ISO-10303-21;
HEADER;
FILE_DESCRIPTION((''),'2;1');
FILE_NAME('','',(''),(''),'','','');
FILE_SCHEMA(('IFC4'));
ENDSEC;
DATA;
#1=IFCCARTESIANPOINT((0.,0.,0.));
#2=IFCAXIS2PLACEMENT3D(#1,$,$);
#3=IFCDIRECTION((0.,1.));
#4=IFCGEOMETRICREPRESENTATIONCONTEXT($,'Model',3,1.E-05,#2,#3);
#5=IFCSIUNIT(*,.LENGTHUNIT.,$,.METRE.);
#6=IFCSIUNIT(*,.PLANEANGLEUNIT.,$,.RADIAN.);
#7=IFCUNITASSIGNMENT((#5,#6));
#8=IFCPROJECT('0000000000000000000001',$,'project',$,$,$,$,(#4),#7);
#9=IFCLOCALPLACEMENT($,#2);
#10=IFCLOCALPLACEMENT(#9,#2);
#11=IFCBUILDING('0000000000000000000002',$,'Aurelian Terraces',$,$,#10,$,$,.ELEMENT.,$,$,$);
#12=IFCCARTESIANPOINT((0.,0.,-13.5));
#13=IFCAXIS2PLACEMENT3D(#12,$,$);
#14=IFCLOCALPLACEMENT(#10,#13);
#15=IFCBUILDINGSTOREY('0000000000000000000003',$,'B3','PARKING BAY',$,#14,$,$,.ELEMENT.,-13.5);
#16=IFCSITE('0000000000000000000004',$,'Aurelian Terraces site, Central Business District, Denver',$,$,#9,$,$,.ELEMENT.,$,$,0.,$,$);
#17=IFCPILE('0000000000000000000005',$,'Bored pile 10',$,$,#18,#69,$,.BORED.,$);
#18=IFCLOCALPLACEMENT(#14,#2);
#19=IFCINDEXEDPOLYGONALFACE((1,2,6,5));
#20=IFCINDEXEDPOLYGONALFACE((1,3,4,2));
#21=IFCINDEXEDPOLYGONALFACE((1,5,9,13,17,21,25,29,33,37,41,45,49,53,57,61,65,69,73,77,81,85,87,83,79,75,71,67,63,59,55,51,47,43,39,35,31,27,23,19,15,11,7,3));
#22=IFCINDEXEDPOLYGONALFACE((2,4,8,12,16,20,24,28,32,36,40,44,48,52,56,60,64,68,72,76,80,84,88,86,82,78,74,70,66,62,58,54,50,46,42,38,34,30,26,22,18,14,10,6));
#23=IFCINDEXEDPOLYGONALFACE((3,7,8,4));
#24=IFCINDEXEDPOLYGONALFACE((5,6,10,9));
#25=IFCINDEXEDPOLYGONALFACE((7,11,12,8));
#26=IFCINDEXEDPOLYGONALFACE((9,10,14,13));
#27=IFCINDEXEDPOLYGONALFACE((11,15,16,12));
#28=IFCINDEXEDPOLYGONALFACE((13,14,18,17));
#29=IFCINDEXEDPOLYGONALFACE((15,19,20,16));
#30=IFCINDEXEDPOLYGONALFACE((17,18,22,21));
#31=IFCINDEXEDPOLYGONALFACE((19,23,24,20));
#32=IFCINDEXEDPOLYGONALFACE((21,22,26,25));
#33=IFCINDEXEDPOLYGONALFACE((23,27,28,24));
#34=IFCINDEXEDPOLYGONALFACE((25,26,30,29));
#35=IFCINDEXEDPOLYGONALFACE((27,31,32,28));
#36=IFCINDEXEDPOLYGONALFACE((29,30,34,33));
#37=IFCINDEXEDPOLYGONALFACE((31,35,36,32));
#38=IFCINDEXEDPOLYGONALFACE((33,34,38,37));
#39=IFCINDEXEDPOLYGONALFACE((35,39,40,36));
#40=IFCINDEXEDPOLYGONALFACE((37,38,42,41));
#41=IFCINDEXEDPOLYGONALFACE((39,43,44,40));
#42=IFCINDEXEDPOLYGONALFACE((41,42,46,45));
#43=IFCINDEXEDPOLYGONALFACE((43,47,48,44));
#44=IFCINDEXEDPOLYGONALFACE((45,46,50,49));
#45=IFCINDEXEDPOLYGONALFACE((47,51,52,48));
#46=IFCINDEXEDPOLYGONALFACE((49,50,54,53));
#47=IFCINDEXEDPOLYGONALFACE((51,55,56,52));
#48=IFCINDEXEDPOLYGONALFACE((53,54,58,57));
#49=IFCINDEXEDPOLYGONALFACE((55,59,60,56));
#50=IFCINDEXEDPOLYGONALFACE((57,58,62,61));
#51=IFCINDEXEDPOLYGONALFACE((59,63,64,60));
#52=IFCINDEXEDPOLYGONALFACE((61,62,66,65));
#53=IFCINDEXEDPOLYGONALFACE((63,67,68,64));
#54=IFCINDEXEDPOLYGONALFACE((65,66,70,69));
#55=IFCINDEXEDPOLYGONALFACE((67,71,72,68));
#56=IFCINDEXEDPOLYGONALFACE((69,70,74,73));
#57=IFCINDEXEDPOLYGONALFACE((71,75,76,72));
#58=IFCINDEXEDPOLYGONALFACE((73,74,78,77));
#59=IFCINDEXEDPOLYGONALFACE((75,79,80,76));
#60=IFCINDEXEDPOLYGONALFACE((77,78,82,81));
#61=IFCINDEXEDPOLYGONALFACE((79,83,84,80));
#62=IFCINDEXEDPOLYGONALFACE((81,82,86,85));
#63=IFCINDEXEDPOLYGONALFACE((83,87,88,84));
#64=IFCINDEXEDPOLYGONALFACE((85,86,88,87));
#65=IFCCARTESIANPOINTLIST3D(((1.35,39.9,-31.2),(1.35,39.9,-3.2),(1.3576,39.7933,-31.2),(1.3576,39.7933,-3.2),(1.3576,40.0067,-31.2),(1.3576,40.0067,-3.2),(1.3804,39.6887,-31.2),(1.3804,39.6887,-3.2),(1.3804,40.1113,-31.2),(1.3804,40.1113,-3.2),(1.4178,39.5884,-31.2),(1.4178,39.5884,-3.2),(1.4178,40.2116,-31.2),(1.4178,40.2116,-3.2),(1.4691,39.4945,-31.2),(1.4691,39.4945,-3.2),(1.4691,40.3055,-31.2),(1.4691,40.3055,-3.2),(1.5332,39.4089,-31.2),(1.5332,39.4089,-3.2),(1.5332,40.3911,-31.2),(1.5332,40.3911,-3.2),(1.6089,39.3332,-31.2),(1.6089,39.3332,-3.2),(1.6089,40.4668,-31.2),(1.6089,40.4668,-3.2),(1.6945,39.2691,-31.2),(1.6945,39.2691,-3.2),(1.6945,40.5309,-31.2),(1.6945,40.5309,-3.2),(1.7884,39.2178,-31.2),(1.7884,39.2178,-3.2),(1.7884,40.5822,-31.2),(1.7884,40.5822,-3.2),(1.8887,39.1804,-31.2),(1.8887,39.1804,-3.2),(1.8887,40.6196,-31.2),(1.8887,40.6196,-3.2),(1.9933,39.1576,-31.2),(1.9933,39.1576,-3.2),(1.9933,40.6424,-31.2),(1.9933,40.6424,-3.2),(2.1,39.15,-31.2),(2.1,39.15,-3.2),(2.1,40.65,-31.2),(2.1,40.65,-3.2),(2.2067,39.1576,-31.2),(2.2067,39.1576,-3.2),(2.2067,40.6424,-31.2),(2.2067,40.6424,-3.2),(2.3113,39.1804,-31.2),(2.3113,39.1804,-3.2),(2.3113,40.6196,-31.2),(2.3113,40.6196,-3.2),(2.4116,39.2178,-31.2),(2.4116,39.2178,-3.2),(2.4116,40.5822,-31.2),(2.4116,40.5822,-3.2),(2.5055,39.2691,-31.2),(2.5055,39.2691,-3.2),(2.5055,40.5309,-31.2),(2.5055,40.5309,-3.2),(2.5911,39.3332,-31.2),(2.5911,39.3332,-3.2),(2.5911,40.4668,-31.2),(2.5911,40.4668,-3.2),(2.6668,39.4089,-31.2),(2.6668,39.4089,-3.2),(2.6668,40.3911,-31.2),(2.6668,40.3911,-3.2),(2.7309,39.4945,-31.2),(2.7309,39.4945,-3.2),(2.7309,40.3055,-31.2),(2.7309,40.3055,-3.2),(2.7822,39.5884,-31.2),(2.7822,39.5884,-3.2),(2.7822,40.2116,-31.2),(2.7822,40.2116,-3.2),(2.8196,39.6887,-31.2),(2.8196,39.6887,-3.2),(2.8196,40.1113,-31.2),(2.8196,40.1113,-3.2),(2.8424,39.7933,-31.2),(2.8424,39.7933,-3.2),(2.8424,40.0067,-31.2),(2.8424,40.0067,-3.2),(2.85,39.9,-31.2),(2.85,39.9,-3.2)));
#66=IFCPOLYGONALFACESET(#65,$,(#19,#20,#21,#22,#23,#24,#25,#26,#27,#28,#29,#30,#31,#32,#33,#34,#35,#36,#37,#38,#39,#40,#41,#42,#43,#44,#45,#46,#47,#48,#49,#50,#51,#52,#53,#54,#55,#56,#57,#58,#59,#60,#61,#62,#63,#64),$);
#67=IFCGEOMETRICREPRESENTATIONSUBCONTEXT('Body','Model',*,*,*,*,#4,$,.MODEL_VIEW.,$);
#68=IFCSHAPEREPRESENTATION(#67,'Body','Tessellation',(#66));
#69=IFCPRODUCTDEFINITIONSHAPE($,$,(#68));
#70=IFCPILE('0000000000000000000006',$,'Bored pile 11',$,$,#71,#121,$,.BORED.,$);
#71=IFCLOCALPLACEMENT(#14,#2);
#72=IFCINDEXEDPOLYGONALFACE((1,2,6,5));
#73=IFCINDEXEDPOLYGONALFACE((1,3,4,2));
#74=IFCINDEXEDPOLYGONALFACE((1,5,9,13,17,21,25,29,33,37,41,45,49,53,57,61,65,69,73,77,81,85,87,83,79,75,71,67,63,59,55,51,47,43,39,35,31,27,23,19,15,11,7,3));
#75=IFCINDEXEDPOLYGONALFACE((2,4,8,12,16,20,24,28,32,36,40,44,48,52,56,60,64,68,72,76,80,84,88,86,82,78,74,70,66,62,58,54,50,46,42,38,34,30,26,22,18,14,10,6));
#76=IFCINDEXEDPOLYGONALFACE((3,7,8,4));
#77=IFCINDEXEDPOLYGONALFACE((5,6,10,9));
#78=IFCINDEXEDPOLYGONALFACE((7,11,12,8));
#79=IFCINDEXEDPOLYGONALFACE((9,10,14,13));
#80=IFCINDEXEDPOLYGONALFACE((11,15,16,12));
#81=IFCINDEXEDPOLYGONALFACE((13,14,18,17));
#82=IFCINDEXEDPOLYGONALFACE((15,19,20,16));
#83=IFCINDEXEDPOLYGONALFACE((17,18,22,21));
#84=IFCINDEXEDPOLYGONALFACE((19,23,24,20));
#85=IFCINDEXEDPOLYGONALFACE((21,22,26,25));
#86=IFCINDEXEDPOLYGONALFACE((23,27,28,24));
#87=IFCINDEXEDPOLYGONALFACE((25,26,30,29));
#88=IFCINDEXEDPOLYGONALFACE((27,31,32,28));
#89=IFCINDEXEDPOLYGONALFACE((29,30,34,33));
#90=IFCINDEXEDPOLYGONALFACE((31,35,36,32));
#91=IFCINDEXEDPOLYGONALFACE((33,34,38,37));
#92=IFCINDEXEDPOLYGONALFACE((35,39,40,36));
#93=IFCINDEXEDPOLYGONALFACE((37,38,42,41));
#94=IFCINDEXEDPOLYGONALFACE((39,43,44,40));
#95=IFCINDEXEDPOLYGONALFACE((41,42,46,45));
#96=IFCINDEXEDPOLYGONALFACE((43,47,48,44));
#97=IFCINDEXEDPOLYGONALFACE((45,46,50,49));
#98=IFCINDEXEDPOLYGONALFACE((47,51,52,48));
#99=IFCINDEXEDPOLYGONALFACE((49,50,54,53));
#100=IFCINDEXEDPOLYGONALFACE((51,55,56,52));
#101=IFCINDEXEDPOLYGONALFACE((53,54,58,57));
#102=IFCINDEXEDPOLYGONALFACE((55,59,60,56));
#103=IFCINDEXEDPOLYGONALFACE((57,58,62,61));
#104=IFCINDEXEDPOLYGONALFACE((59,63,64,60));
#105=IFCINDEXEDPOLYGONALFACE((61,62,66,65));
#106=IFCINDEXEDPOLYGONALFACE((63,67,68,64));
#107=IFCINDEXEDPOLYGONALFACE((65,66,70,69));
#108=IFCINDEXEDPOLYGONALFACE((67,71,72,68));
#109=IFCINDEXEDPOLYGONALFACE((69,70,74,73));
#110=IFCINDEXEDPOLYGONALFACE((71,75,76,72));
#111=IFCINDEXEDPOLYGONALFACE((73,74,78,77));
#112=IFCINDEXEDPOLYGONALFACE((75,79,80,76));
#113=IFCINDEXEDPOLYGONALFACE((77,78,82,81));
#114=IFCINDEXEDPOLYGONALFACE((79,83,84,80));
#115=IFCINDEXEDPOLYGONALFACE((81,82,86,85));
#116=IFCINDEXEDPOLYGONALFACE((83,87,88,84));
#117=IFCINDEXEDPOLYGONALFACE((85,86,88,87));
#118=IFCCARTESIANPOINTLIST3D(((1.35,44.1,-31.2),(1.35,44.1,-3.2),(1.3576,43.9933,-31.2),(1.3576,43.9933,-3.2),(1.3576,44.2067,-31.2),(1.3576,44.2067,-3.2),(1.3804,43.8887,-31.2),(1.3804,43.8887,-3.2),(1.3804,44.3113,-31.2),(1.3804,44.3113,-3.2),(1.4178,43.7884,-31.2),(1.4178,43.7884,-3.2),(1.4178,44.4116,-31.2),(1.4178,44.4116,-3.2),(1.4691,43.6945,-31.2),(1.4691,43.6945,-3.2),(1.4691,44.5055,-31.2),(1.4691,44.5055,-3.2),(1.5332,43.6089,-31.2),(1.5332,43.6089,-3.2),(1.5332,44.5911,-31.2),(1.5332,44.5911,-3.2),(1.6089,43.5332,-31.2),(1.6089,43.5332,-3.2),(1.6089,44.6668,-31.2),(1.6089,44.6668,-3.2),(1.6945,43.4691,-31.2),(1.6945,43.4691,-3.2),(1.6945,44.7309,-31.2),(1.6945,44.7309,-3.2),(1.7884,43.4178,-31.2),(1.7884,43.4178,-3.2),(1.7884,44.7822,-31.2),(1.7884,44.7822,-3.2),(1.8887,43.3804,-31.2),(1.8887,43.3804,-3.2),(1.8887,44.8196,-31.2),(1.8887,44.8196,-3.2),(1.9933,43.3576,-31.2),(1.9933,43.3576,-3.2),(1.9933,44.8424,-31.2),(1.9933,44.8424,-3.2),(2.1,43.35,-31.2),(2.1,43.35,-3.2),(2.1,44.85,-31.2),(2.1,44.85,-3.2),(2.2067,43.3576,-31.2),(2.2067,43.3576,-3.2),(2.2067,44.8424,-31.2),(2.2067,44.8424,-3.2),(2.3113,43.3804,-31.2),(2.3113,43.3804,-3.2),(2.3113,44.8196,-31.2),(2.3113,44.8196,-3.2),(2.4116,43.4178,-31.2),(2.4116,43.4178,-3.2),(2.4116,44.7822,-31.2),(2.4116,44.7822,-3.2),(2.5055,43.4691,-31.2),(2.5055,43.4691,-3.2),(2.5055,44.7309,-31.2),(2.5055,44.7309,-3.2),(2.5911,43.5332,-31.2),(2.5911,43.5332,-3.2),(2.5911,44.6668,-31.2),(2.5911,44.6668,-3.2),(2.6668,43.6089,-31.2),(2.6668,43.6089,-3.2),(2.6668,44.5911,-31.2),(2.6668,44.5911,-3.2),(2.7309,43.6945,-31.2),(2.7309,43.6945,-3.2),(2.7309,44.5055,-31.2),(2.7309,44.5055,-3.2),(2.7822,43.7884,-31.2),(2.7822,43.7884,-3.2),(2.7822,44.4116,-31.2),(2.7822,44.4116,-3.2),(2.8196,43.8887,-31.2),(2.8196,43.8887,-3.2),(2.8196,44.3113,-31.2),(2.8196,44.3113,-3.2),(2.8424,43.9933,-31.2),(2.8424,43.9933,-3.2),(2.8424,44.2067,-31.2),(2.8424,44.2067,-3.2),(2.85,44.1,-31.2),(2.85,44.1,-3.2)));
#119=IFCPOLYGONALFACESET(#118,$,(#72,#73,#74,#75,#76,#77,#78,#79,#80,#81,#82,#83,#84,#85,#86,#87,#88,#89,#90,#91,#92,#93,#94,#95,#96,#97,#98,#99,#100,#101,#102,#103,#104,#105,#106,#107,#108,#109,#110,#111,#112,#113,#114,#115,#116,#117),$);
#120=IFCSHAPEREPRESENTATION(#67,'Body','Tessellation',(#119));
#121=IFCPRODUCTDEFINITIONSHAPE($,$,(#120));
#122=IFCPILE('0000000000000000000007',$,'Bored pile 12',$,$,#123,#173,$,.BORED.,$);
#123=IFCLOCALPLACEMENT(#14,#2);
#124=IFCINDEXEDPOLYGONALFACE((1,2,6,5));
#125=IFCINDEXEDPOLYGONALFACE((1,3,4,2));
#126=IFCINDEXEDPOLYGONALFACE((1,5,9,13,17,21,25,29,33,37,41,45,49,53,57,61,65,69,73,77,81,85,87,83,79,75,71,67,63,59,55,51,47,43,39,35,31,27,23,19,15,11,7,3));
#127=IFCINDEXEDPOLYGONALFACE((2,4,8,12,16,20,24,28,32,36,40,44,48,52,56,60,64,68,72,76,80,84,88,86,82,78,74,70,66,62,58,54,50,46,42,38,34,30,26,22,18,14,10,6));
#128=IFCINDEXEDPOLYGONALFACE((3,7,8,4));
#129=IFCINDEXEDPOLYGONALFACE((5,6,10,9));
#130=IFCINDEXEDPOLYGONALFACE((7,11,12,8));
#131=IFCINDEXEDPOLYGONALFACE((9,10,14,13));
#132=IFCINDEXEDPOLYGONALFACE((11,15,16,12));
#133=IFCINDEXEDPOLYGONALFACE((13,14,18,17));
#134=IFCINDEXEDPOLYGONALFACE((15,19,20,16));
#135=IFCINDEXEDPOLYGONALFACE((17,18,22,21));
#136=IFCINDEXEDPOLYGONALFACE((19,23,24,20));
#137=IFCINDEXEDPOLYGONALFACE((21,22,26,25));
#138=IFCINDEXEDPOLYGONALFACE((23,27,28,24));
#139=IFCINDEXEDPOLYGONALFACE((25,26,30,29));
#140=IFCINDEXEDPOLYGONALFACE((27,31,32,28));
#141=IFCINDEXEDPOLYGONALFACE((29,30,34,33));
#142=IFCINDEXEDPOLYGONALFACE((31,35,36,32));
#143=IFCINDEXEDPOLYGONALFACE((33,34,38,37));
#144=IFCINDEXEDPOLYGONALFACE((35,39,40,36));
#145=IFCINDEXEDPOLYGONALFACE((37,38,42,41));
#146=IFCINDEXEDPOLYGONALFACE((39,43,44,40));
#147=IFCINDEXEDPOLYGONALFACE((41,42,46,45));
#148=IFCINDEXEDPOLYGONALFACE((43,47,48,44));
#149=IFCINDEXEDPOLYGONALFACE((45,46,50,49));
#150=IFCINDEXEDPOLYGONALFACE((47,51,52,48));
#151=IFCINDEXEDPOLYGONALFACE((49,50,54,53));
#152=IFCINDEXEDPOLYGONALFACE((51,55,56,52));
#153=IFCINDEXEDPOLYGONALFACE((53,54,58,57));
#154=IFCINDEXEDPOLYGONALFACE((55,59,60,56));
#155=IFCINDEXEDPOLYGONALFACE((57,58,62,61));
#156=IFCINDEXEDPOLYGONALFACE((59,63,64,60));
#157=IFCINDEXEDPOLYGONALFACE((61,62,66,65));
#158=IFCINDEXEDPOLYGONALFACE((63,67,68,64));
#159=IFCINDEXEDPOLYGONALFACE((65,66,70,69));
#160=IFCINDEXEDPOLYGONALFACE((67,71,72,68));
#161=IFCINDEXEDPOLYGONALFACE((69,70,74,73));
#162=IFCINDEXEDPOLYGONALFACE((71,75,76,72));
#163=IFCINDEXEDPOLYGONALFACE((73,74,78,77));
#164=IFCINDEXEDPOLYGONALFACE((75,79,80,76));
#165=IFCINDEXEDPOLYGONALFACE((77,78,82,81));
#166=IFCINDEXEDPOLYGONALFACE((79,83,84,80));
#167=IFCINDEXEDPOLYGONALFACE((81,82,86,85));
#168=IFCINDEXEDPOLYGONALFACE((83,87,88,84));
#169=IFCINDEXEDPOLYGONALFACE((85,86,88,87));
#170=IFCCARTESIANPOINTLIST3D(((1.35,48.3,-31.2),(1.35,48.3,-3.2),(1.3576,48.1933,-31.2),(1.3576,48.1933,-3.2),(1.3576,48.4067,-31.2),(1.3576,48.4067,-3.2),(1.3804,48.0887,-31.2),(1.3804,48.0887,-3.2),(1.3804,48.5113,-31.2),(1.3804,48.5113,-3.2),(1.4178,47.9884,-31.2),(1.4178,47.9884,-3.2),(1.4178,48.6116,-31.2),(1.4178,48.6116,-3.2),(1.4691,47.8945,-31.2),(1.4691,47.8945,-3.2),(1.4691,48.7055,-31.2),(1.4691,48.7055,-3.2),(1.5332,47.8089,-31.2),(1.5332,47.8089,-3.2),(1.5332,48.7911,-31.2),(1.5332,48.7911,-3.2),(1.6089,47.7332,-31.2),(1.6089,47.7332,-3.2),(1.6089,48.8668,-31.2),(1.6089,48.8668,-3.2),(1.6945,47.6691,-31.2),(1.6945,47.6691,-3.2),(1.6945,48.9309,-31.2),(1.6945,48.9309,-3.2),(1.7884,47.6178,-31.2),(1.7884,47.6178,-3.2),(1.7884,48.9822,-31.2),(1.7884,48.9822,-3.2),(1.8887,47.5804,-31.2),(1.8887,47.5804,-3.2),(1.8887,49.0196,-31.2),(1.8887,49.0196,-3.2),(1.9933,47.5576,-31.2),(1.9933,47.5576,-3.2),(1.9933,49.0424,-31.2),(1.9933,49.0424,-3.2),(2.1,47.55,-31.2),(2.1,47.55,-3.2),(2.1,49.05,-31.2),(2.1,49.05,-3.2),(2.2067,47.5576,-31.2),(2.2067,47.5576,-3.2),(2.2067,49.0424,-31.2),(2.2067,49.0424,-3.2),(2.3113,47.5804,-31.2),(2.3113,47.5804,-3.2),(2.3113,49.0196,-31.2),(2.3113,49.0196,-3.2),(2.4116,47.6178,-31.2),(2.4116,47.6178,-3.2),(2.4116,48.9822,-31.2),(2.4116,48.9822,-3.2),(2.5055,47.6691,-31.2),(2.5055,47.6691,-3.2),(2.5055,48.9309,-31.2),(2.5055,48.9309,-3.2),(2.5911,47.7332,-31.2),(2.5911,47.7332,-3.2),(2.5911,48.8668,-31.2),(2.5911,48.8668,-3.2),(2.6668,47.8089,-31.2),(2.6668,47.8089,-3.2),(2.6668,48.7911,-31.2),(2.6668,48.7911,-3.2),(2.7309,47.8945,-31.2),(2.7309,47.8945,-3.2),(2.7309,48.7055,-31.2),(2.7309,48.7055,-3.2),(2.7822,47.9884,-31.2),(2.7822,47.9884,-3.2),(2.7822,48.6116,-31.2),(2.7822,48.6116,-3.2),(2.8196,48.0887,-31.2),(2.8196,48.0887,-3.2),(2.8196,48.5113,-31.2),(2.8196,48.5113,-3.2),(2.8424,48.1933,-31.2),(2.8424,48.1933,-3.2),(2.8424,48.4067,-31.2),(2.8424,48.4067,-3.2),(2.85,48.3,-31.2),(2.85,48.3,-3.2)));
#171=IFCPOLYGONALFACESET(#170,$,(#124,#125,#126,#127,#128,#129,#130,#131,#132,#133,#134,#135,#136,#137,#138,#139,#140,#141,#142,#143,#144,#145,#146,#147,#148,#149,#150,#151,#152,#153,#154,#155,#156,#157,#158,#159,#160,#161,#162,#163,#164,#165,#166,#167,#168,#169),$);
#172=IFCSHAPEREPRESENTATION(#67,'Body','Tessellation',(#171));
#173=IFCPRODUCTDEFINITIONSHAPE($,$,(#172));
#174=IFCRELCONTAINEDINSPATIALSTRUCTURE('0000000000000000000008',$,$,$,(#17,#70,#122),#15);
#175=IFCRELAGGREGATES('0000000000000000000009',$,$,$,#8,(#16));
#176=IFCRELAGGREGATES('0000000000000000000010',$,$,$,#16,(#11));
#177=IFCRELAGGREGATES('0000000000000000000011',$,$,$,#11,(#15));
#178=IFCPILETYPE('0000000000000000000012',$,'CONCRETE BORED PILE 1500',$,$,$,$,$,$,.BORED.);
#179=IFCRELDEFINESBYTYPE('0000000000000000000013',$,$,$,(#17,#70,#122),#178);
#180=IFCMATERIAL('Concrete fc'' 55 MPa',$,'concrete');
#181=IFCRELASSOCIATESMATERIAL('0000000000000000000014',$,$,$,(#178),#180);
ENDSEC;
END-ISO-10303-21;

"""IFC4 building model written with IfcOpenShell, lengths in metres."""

from ifc_helpers import new_model, si_unit, direction, frame, origin, origin_2d, place, context, subcontext, project, spatial, circle, extrude, source, transform, mapped, material, material_profile, profile_set, type_object, element, save


model = new_model("IFC4")

# Units and contexts
model_context = context("Model", 3, precision=1e-05, world=origin(), true_north=direction((0.0, 1.0)))
body_context = subcontext(model_context, "Body", "Model", "MODEL_VIEW")
ifc_project = project(units=[si_unit("LENGTHUNIT", "METRE"), si_unit("PLANEANGLEUNIT", "RADIAN")], contexts=[model_context])

# Site, building, storey
site_placement = place(None, origin())
site = spatial("IfcSite", under=ifc_project, at=site_placement, Name="Aurelian Terraces site, Central Business District, Denver", CompositionType="ELEMENT", RefElevation=0.0)
building_placement = place(site_placement, origin())
building = spatial("IfcBuilding", under=site, at=building_placement, Name="Aurelian Terraces", CompositionType="ELEMENT")
storey_placement = place(building_placement, frame((0.0, 0.0, -13.5)))
storey = spatial("IfcBuildingStorey", under=building, at=storey_placement, Name="B3", Description="PARKING BAY", CompositionType="ELEMENT", Elevation=-13.5)

# Piles
ifc_material_1 = material(Name="Concrete fc' 55 MPa", Category="concrete")
ifc_material_profile_1 = material_profile(ifc_material_1, circle(Radius=0.75, at=origin_2d()))
ifc_profile_set_1 = profile_set([ifc_material_profile_1], Name="Concrete fc' 55 MPa")
pile_type = type_object("IfcPileType", Name="CONCRETE BORED PILE 1500", PredefinedType="BORED", material=ifc_profile_set_1)
shared_shape_1 = source(origin(), body_context, "Body", "SweptSolid", [
    extrude(circle(Radius=0.75, at=origin_2d()), origin(), (0.0, 0.0, 1.0), 28.0),
])
for number, where, z_axis, x_axis, name in (
    (1, (2.1, 39.9, -3.2), (0.0, 0.0, -1.0), (1.0, 0.0, 0.0), "Bored pile 10"),
    (2, (2.1, 44.1, -3.2), (0.0, 0.0, -1.0), (1.0, 0.0, 0.0), "Bored pile 11"),
    (3, (2.1, 48.3, -3.2), (0.0, 0.0, -1.0), (1.0, 0.0, 0.0), "Bored pile 12"),
):
    element("IfcPile", number, at=place(storey_placement, frame(where, z_axis=z_axis, x_axis=x_axis)), inside=storey, type_object=pile_type, Name=name, PredefinedType="BORED", context=body_context, shape_type="MappedRepresentation", body=[
        mapped(shared_shape_1, transform((0.0, 0.0, 0.0), scale=1.0)),
    ])

save(model, "model.ifc")
